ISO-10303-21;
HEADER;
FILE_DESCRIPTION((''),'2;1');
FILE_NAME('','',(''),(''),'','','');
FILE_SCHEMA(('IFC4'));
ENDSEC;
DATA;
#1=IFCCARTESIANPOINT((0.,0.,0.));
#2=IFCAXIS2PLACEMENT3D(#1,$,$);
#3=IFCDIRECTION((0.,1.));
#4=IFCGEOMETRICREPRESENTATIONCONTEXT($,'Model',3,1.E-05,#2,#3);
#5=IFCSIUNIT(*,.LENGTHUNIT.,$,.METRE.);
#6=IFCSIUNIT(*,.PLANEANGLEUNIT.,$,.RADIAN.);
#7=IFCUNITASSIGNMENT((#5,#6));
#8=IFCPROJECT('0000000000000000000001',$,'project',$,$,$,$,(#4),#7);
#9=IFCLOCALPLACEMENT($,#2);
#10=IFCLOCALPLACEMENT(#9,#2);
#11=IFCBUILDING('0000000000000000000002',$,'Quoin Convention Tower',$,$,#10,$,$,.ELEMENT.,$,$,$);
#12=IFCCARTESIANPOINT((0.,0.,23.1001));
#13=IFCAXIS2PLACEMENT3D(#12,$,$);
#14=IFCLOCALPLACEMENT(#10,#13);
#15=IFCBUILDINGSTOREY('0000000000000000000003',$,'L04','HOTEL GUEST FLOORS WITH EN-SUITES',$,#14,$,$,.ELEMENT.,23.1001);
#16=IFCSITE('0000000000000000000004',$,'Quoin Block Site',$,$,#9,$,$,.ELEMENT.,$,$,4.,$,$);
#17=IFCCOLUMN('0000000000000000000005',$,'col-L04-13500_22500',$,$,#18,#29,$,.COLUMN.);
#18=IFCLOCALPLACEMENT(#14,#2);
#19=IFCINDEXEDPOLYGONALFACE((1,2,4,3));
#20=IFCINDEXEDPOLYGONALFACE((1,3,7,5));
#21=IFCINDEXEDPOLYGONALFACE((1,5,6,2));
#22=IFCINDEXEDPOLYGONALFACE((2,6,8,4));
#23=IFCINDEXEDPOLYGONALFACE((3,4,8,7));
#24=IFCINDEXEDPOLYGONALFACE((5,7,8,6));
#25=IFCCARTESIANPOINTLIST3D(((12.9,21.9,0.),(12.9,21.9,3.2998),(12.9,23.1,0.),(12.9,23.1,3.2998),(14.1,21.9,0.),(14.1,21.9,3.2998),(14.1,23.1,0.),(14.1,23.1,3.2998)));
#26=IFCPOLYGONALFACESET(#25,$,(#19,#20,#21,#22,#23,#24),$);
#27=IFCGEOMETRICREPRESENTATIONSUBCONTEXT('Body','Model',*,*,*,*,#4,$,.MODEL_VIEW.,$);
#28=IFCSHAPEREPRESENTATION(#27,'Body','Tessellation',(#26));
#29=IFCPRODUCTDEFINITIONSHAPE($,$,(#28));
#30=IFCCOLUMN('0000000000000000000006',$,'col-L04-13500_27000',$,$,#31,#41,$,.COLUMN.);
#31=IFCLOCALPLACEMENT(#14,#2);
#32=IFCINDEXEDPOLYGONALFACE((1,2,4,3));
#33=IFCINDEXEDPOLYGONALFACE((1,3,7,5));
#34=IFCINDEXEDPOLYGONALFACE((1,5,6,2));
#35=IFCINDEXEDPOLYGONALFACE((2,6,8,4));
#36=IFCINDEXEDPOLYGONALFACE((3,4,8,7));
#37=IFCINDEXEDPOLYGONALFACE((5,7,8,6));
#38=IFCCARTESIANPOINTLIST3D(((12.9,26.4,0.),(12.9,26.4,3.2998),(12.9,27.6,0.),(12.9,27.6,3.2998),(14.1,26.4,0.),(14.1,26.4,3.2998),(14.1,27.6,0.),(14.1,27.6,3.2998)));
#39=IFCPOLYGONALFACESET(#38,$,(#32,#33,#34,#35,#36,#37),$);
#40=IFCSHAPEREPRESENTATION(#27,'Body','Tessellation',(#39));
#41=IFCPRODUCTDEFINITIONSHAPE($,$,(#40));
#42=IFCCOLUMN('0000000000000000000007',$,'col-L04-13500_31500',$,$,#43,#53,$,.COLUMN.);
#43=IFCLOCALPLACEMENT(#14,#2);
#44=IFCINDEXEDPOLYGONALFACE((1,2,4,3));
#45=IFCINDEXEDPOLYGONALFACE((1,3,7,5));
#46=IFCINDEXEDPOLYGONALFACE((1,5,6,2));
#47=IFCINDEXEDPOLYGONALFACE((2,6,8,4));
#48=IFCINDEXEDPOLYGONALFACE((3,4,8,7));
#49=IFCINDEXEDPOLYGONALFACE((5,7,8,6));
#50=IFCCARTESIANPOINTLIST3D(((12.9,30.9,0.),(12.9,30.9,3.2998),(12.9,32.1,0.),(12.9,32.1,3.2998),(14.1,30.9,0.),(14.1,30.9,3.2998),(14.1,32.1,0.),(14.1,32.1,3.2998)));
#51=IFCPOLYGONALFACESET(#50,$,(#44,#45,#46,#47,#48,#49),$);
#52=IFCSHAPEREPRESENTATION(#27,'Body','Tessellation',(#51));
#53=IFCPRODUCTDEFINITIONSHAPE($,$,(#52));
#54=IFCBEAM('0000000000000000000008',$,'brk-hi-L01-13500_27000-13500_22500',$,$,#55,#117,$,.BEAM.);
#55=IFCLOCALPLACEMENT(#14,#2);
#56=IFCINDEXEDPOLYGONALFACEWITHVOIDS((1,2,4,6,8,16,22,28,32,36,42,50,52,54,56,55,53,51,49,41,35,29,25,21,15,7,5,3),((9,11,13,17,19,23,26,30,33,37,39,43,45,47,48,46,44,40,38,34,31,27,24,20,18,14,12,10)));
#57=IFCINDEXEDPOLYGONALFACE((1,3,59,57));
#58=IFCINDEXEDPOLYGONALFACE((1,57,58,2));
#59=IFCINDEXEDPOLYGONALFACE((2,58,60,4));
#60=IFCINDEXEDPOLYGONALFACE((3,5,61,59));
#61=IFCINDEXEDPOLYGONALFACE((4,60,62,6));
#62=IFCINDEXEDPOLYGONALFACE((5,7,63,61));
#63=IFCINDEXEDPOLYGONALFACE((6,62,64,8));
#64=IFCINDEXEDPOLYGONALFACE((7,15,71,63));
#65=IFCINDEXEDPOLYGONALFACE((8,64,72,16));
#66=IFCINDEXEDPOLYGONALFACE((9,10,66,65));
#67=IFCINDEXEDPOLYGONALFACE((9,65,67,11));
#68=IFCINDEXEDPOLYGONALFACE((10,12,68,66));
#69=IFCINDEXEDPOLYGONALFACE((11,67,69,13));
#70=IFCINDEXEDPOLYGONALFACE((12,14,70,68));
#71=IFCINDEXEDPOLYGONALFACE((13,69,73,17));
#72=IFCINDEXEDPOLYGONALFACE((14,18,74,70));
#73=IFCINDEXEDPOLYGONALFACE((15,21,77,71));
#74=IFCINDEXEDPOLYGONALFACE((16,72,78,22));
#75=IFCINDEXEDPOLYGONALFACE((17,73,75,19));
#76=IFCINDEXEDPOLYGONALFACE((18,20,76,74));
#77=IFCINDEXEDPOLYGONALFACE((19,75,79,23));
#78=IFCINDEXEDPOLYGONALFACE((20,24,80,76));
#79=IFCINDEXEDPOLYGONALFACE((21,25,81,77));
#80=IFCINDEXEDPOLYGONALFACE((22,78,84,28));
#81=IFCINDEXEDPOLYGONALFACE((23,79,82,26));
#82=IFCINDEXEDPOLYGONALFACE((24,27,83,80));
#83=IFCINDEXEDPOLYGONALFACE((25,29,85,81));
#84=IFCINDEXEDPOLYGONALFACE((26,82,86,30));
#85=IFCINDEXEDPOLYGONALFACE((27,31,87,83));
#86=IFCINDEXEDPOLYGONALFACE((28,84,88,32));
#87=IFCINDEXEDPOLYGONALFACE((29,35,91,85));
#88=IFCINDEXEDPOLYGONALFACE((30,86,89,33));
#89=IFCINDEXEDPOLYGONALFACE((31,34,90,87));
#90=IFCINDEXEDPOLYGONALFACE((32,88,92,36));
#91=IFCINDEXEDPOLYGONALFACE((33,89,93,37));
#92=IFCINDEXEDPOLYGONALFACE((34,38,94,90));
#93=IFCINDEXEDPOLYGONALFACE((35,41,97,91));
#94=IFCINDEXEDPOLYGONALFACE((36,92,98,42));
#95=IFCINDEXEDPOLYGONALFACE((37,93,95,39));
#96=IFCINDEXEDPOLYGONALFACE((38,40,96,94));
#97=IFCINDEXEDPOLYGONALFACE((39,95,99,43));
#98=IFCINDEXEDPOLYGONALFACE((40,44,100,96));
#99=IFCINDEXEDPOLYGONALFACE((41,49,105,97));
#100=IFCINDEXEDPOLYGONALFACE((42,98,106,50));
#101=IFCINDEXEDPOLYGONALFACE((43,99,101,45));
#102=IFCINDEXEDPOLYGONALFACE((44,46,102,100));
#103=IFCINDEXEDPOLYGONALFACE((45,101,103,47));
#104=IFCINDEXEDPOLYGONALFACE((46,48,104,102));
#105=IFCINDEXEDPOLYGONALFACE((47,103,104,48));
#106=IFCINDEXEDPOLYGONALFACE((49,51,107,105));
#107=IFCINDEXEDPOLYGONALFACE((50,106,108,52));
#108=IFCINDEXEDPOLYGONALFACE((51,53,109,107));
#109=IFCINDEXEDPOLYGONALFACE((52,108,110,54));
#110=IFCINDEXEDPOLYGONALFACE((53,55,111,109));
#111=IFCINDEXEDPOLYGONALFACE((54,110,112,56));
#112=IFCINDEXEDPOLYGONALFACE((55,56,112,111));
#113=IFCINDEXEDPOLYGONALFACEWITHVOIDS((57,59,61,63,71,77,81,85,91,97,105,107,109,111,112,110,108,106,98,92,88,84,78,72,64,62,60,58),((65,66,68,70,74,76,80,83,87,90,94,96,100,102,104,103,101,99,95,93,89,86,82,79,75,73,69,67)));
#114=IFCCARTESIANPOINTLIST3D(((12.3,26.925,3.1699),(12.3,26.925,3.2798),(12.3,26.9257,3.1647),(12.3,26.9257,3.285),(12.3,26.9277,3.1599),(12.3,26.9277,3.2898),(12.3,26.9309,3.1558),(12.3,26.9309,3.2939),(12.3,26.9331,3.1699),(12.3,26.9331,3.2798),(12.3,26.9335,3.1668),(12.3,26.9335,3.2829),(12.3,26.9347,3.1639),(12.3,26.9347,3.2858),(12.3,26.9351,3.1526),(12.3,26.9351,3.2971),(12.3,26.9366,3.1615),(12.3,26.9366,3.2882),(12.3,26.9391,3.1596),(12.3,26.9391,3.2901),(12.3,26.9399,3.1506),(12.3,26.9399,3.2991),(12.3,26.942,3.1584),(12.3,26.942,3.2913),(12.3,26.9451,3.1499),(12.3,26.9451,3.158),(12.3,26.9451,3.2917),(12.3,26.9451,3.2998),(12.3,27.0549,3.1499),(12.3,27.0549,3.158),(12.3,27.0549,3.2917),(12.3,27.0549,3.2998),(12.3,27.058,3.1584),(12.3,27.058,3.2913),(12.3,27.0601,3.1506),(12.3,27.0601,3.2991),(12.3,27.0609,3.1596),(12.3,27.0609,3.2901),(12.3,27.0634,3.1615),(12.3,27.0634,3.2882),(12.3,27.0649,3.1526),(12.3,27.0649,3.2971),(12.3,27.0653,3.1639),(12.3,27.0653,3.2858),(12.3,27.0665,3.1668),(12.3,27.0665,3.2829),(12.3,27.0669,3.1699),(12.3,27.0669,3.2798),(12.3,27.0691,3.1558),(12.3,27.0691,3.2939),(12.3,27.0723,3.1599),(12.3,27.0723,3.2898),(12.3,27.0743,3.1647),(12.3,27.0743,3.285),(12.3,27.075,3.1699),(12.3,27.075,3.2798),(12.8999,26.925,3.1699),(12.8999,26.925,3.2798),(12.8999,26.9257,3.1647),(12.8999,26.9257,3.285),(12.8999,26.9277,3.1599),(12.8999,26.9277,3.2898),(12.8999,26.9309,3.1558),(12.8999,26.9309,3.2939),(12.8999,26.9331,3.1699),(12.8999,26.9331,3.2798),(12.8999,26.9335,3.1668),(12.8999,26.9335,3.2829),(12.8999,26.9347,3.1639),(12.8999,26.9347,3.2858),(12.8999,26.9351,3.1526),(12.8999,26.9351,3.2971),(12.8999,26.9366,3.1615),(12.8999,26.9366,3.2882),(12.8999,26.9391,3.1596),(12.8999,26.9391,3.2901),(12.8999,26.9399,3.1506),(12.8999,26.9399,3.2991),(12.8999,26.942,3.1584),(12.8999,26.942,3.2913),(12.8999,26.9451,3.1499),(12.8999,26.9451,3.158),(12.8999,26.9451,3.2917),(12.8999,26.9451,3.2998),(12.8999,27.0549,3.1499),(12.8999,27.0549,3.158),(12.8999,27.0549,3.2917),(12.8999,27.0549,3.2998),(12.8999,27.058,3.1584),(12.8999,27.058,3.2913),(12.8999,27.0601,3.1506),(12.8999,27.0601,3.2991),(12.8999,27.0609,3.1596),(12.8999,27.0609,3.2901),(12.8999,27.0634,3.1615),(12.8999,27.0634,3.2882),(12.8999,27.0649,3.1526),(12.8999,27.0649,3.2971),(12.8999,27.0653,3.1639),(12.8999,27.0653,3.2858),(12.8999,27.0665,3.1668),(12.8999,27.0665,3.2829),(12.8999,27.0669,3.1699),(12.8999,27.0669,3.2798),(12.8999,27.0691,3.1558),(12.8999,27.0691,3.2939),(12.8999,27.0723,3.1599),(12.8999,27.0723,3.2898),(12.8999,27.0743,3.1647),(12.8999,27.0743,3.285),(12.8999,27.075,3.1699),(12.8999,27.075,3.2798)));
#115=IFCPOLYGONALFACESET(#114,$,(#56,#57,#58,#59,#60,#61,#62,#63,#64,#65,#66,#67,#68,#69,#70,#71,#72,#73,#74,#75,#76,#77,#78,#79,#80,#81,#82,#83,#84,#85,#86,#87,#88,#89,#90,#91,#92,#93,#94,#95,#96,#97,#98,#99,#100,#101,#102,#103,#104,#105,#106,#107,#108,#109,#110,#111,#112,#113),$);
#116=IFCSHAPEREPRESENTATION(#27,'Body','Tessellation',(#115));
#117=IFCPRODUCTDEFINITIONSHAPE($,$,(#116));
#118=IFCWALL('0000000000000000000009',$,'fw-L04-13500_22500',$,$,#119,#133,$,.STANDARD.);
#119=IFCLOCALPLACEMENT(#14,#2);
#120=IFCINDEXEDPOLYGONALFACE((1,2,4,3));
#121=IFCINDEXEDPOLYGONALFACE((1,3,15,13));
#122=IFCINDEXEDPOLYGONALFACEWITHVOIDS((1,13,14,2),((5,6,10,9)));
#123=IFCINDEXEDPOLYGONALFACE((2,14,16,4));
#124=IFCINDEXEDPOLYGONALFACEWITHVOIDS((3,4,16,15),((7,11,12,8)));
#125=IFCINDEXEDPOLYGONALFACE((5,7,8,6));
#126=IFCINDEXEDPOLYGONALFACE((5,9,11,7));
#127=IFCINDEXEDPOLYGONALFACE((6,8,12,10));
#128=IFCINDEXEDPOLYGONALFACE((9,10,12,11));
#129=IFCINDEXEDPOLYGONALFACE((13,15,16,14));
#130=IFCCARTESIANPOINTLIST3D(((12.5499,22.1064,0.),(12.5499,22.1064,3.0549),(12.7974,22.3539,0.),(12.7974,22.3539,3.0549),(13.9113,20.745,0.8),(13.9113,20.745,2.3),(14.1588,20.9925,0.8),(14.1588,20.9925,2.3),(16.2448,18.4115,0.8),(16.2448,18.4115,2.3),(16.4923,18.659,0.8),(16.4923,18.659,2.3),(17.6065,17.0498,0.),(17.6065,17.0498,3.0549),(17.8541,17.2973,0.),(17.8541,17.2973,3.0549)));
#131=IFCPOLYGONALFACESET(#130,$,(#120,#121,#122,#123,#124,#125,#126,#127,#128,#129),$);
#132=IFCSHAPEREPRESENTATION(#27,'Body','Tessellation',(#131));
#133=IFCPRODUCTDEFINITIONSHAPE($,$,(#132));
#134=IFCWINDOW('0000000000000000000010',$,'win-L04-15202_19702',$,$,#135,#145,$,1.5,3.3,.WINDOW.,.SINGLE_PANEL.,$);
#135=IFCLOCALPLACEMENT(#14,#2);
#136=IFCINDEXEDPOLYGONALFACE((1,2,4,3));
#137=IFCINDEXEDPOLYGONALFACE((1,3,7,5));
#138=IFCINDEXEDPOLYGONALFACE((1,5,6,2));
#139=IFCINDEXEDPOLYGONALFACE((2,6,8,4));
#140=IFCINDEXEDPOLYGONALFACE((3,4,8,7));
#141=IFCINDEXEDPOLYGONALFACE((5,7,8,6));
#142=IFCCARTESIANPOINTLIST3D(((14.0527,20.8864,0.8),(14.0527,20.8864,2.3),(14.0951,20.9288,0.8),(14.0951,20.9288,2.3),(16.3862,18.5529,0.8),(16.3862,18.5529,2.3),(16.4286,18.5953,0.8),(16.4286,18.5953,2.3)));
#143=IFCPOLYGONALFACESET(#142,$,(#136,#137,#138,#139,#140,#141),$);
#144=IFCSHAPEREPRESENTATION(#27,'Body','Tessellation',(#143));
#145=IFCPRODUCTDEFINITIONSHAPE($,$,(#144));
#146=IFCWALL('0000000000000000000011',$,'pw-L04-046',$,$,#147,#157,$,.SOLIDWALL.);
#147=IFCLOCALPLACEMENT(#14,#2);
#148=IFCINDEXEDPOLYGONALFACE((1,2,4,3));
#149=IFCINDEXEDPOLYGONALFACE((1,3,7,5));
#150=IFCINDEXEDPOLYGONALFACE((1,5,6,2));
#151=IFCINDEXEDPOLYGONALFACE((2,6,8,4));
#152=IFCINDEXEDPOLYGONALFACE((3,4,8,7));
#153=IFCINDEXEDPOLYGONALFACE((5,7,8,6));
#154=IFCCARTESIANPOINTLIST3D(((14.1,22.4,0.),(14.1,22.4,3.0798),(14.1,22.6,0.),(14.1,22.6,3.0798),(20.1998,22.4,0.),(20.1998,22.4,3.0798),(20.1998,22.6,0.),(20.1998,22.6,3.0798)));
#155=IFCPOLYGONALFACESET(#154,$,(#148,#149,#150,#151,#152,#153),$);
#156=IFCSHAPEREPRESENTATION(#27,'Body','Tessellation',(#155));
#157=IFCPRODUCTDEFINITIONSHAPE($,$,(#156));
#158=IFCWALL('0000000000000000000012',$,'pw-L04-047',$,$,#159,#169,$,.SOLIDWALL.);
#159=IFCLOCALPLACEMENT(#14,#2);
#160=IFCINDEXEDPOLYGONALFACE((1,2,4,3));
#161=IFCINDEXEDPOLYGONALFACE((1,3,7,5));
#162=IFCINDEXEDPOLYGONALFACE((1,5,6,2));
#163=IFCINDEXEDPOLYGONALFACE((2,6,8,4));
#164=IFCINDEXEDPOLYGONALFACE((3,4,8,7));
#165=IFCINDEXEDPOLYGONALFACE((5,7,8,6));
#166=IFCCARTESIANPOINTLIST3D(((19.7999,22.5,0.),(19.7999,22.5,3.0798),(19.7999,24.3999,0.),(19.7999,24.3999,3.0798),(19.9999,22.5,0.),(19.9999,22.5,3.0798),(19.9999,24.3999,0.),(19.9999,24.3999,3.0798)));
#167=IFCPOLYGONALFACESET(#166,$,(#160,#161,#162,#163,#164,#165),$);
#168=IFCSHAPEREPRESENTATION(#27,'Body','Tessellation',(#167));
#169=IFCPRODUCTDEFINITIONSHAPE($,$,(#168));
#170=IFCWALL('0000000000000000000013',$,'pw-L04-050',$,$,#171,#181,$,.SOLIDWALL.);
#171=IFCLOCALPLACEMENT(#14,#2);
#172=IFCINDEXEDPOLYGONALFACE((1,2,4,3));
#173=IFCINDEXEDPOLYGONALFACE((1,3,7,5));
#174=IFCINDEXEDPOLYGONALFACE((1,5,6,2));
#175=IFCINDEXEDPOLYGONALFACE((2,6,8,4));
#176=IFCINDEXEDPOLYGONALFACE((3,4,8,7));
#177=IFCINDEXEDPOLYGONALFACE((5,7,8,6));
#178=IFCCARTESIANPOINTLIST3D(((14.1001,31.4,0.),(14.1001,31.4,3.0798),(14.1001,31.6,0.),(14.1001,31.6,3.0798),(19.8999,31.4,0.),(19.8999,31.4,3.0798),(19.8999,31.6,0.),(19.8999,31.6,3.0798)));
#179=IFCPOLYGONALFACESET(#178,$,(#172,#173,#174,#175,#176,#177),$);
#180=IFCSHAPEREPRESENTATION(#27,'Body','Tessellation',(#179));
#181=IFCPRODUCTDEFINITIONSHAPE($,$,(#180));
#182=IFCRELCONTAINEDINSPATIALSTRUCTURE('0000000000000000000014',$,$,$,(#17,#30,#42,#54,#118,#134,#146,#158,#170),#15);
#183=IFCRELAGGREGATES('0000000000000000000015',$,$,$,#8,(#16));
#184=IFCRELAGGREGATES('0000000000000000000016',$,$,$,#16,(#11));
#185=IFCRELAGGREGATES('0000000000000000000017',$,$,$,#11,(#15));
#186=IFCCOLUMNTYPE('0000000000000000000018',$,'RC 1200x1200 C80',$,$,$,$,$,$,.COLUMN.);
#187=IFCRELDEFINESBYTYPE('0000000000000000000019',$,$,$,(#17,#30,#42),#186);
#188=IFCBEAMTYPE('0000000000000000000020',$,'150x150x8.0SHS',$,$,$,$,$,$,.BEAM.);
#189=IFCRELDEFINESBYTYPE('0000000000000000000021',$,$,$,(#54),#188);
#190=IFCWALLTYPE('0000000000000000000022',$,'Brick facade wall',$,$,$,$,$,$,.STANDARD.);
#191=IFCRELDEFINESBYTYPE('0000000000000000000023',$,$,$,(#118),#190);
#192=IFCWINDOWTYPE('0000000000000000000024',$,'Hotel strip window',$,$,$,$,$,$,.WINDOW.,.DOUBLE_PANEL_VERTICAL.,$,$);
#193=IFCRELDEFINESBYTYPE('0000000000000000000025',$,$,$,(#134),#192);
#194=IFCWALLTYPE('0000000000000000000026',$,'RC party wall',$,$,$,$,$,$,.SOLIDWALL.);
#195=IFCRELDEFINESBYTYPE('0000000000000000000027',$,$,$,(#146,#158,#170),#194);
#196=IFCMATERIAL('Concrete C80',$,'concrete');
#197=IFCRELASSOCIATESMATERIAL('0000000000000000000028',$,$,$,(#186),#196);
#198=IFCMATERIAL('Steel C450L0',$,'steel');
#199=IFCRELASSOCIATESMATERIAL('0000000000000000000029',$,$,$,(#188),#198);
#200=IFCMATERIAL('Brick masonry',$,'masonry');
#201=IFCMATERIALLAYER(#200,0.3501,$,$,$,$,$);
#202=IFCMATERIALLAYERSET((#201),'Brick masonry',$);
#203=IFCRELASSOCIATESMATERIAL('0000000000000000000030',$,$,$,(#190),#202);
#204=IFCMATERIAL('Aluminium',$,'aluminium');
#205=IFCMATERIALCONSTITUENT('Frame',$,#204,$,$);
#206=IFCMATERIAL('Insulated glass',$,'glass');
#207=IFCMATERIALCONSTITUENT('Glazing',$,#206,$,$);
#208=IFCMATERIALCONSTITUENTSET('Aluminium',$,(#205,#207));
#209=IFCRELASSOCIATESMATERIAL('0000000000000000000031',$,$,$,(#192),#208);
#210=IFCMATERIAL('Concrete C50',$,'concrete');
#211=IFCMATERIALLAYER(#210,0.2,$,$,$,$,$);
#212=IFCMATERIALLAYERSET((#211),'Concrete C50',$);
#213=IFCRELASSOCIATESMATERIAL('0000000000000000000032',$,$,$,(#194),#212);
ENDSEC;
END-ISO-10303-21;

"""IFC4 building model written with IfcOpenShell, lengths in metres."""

from ifc_helpers import new_model, si_unit, direction, frame, frame_2d, origin, origin_2d, place, context, subcontext, project, spatial, rectangle, hollow_rectangle, extrude, material, layer, layer_set, constituent, constituent_set, material_profile, profile_set, type_object, element, fill, save


model = new_model("IFC4")

# Units and contexts
model_context = context("Model", 3, precision=1e-05, world=origin(), true_north=direction((0.0, 1.0)))
body_context = subcontext(model_context, "Body", "Model", "MODEL_VIEW")
ifc_project = project(units=[si_unit("LENGTHUNIT", "METRE"), si_unit("PLANEANGLEUNIT", "RADIAN")], contexts=[model_context])

# Site, building, storey
site_placement = place(None, origin())
site = spatial("IfcSite", under=ifc_project, at=site_placement, Name="Quoin Block Site", CompositionType="ELEMENT", RefElevation=4.0)
building_placement = place(site_placement, origin())
building = spatial("IfcBuilding", under=site, at=building_placement, Name="Quoin Convention Tower", CompositionType="ELEMENT")
storey_placement = place(building_placement, frame((0.0, 0.0, 23.1001)))
storey = spatial("IfcBuildingStorey", under=building, at=storey_placement, Name="L04", Description="HOTEL GUEST FLOORS WITH EN-SUITES", CompositionType="ELEMENT", Elevation=23.1001)

# Columns
ifc_material_1 = material(Name="Concrete C80", Category="concrete")
ifc_material_profile_1 = material_profile(ifc_material_1, rectangle(XDim=1.2, YDim=1.2, at=origin_2d()), Name="RC 1200x1200")
ifc_profile_set_1 = profile_set([ifc_material_profile_1], Name="Concrete C80")
column_type = type_object("IfcColumnType", Name="RC 1200x1200 C80", PredefinedType="COLUMN", material=ifc_profile_set_1)
for number, where, z_axis, x_axis, name in (
    (1, (13.5, 22.5, 0.0), (0.0, 0.0, 1.0), (1.0, 0.0, 0.0), "col-L04-13500_22500"),
    (2, (13.5, 27.0, 0.0), (0.0, 0.0, 1.0), (1.0, 0.0, 0.0), "col-L04-13500_27000"),
    (3, (13.5, 31.5, 0.0), (0.0, 0.0, 1.0), (1.0, 0.0, 0.0), "col-L04-13500_31500"),
):
    element("IfcColumn", number, at=place(storey_placement, frame(where, z_axis=z_axis, x_axis=x_axis)), inside=storey, type_object=column_type, Name=name, PredefinedType="COLUMN", context=body_context, shape_type="SweptSolid", body=[
        extrude(rectangle(XDim=1.2, YDim=1.2, at=origin_2d()), origin(), (0.0, 0.0, 1.0), 3.2998),
    ])

# Beam
ifc_material_2 = material(Name="Steel C450L0", Category="steel")
ifc_material_profile_2 = material_profile(ifc_material_2, hollow_rectangle(XDim=0.1499, YDim=0.1499, WallThickness=0.0081, InnerFilletRadius=0.012, OuterFilletRadius=0.02, at=origin_2d()), Name="150x150x8.0SHS")
ifc_profile_set_2 = profile_set([ifc_material_profile_2], Name="Steel C450L0")
beam_type = type_object("IfcBeamType", Name="150x150x8.0SHS", PredefinedType="BEAM", material=ifc_profile_set_2)
beam_placement = place(storey_placement, frame((12.8999, 27.0, 3.2249), z_axis=(-1.0, 0.0, 0.0), x_axis=(0.0, -1.0, 0.0)))
element("IfcBeam", 4, at=beam_placement, inside=storey, type_object=beam_type, Name="brk-hi-L01-13500_27000-13500_22500", PredefinedType="BEAM", context=body_context, shape_type="SweptSolid", body=[
    extrude(hollow_rectangle(XDim=0.1499, YDim=0.1499, WallThickness=0.0081, InnerFilletRadius=0.012, OuterFilletRadius=0.02, at=origin_2d()), origin(), (0.0, 0.0, 1.0), 0.5999),
])

# Wall, opening, window
ifc_material_3 = material(Name="Brick masonry", Category="masonry")
ifc_layer_1 = layer(ifc_material_3, 0.3501)
ifc_layer_set_1 = layer_set([ifc_layer_1], Name="Brick masonry")
wall_type_1 = type_object("IfcWallType", Name="Brick facade wall", PredefinedType="STANDARD", material=ifc_layer_set_1)
wall_1_placement = place(storey_placement, frame((12.6736, 22.2302, 0.0), z_axis=(0.0, 0.0, 1.0), x_axis=(0.707107, -0.707107, 0.0)))
wall_1 = element("IfcWall", 5, at=wall_1_placement, inside=storey, type_object=wall_type_1, Name="fw-L04-13500_22500", PredefinedType="STANDARD", context=body_context, shape_type="SweptSolid", body=[
    extrude(rectangle(XDim=7.1511, YDim=0.3501, at=frame_2d((3.5757, 0.0))), origin(), (0.0, 0.0, 1.0), 3.0549),
])
opening_1_placement = place(wall_1_placement, frame((1.9255, 0.0, 0.8)))
opening_1 = element("IfcOpeningElement", 6, at=opening_1_placement, cuts=wall_1, PredefinedType="OPENING", context=body_context, shape_type="SweptSolid", body=[
    extrude(rectangle(XDim=3.3, YDim=1.5, at=frame_2d((1.6499, 0.75))), frame((0.0, 0.1851, 0.0), z_axis=(0.0, -1.0, 0.0), x_axis=(1.0, 0.0, 0.0)), (0.0, 0.0, 1.0), 0.3701),
])
ifc_material_4 = material(Name="Aluminium", Category="aluminium")
ifc_constituent_1 = constituent(ifc_material_4, Name="Frame")
ifc_material_5 = material(Name="Insulated glass", Category="glass")
ifc_constituent_2 = constituent(ifc_material_5, Name="Glazing")
ifc_constituent_set = constituent_set(constituents=[ifc_constituent_1, ifc_constituent_2], Name="Aluminium")
window_type = type_object("IfcWindowType", Name="Hotel strip window", PartitioningType="DOUBLE_PANEL_VERTICAL", PredefinedType="WINDOW", material=ifc_constituent_set)
window_placement = place(opening_1_placement, origin())
window = element("IfcWindow", 7, at=window_placement, inside=storey, type_object=window_type, Name="win-L04-15202_19702", OverallHeight=1.5, OverallWidth=3.3, PartitioningType="SINGLE_PANEL", PredefinedType="WINDOW", context=body_context, shape_type="SweptSolid", body=[
    extrude(rectangle(XDim=3.3, YDim=1.5, at=frame_2d((1.6499, 0.75))), frame((0.0, 0.085, 0.0), z_axis=(0.0, -1.0, 0.0), x_axis=(1.0, 0.0, 0.0)), (0.0, 0.0, 1.0), 0.0601),
])
fill(opening_1, window)

# Walls
ifc_material_6 = material(Name="Concrete C50", Category="concrete")
ifc_layer_2 = layer(ifc_material_6, 0.2)
ifc_layer_set_2 = layer_set([ifc_layer_2], Name="Concrete C50")
wall_type_2 = type_object("IfcWallType", Name="RC party wall", PredefinedType="SOLIDWALL", material=ifc_layer_set_2)
wall_2_placement = place(storey_placement, frame((14.1001, 22.5, 0.0), z_axis=(0.0, 0.0, 1.0), x_axis=(1.0, 0.0, 0.0)))
element("IfcWall", 8, at=wall_2_placement, inside=storey, type_object=wall_type_2, Name="pw-L04-046", PredefinedType="SOLIDWALL", context=body_context, shape_type="SweptSolid", body=[
    extrude(rectangle(XDim=6.0999, YDim=0.2, at=frame_2d((3.0498, 0.0))), origin(), (0.0, 0.0, 1.0), 3.0798),
])
wall_3_placement = place(storey_placement, frame((19.8999, 22.5, 0.0), z_axis=(0.0, 0.0, 1.0), x_axis=(0.0, 1.0, 0.0)))
element("IfcWall", 9, at=wall_3_placement, inside=storey, type_object=wall_type_2, Name="pw-L04-047", PredefinedType="SOLIDWALL", context=body_context, shape_type="SweptSolid", body=[
    extrude(rectangle(XDim=1.8999, YDim=0.2, at=frame_2d((0.95, 0.0))), origin(), (0.0, 0.0, 1.0), 3.0798),
])
wall_4_placement = place(storey_placement, frame((14.1001, 31.5, 0.0), z_axis=(0.0, 0.0, 1.0), x_axis=(1.0, 0.0, 0.0)))
element("IfcWall", 10, at=wall_4_placement, inside=storey, type_object=wall_type_2, Name="pw-L04-050", PredefinedType="SOLIDWALL", context=body_context, shape_type="SweptSolid", body=[
    extrude(rectangle(XDim=5.7998, YDim=0.2, at=frame_2d((2.8999, 0.0))), origin(), (0.0, 0.0, 1.0), 3.0798),
])

save(model, "model.ifc")
